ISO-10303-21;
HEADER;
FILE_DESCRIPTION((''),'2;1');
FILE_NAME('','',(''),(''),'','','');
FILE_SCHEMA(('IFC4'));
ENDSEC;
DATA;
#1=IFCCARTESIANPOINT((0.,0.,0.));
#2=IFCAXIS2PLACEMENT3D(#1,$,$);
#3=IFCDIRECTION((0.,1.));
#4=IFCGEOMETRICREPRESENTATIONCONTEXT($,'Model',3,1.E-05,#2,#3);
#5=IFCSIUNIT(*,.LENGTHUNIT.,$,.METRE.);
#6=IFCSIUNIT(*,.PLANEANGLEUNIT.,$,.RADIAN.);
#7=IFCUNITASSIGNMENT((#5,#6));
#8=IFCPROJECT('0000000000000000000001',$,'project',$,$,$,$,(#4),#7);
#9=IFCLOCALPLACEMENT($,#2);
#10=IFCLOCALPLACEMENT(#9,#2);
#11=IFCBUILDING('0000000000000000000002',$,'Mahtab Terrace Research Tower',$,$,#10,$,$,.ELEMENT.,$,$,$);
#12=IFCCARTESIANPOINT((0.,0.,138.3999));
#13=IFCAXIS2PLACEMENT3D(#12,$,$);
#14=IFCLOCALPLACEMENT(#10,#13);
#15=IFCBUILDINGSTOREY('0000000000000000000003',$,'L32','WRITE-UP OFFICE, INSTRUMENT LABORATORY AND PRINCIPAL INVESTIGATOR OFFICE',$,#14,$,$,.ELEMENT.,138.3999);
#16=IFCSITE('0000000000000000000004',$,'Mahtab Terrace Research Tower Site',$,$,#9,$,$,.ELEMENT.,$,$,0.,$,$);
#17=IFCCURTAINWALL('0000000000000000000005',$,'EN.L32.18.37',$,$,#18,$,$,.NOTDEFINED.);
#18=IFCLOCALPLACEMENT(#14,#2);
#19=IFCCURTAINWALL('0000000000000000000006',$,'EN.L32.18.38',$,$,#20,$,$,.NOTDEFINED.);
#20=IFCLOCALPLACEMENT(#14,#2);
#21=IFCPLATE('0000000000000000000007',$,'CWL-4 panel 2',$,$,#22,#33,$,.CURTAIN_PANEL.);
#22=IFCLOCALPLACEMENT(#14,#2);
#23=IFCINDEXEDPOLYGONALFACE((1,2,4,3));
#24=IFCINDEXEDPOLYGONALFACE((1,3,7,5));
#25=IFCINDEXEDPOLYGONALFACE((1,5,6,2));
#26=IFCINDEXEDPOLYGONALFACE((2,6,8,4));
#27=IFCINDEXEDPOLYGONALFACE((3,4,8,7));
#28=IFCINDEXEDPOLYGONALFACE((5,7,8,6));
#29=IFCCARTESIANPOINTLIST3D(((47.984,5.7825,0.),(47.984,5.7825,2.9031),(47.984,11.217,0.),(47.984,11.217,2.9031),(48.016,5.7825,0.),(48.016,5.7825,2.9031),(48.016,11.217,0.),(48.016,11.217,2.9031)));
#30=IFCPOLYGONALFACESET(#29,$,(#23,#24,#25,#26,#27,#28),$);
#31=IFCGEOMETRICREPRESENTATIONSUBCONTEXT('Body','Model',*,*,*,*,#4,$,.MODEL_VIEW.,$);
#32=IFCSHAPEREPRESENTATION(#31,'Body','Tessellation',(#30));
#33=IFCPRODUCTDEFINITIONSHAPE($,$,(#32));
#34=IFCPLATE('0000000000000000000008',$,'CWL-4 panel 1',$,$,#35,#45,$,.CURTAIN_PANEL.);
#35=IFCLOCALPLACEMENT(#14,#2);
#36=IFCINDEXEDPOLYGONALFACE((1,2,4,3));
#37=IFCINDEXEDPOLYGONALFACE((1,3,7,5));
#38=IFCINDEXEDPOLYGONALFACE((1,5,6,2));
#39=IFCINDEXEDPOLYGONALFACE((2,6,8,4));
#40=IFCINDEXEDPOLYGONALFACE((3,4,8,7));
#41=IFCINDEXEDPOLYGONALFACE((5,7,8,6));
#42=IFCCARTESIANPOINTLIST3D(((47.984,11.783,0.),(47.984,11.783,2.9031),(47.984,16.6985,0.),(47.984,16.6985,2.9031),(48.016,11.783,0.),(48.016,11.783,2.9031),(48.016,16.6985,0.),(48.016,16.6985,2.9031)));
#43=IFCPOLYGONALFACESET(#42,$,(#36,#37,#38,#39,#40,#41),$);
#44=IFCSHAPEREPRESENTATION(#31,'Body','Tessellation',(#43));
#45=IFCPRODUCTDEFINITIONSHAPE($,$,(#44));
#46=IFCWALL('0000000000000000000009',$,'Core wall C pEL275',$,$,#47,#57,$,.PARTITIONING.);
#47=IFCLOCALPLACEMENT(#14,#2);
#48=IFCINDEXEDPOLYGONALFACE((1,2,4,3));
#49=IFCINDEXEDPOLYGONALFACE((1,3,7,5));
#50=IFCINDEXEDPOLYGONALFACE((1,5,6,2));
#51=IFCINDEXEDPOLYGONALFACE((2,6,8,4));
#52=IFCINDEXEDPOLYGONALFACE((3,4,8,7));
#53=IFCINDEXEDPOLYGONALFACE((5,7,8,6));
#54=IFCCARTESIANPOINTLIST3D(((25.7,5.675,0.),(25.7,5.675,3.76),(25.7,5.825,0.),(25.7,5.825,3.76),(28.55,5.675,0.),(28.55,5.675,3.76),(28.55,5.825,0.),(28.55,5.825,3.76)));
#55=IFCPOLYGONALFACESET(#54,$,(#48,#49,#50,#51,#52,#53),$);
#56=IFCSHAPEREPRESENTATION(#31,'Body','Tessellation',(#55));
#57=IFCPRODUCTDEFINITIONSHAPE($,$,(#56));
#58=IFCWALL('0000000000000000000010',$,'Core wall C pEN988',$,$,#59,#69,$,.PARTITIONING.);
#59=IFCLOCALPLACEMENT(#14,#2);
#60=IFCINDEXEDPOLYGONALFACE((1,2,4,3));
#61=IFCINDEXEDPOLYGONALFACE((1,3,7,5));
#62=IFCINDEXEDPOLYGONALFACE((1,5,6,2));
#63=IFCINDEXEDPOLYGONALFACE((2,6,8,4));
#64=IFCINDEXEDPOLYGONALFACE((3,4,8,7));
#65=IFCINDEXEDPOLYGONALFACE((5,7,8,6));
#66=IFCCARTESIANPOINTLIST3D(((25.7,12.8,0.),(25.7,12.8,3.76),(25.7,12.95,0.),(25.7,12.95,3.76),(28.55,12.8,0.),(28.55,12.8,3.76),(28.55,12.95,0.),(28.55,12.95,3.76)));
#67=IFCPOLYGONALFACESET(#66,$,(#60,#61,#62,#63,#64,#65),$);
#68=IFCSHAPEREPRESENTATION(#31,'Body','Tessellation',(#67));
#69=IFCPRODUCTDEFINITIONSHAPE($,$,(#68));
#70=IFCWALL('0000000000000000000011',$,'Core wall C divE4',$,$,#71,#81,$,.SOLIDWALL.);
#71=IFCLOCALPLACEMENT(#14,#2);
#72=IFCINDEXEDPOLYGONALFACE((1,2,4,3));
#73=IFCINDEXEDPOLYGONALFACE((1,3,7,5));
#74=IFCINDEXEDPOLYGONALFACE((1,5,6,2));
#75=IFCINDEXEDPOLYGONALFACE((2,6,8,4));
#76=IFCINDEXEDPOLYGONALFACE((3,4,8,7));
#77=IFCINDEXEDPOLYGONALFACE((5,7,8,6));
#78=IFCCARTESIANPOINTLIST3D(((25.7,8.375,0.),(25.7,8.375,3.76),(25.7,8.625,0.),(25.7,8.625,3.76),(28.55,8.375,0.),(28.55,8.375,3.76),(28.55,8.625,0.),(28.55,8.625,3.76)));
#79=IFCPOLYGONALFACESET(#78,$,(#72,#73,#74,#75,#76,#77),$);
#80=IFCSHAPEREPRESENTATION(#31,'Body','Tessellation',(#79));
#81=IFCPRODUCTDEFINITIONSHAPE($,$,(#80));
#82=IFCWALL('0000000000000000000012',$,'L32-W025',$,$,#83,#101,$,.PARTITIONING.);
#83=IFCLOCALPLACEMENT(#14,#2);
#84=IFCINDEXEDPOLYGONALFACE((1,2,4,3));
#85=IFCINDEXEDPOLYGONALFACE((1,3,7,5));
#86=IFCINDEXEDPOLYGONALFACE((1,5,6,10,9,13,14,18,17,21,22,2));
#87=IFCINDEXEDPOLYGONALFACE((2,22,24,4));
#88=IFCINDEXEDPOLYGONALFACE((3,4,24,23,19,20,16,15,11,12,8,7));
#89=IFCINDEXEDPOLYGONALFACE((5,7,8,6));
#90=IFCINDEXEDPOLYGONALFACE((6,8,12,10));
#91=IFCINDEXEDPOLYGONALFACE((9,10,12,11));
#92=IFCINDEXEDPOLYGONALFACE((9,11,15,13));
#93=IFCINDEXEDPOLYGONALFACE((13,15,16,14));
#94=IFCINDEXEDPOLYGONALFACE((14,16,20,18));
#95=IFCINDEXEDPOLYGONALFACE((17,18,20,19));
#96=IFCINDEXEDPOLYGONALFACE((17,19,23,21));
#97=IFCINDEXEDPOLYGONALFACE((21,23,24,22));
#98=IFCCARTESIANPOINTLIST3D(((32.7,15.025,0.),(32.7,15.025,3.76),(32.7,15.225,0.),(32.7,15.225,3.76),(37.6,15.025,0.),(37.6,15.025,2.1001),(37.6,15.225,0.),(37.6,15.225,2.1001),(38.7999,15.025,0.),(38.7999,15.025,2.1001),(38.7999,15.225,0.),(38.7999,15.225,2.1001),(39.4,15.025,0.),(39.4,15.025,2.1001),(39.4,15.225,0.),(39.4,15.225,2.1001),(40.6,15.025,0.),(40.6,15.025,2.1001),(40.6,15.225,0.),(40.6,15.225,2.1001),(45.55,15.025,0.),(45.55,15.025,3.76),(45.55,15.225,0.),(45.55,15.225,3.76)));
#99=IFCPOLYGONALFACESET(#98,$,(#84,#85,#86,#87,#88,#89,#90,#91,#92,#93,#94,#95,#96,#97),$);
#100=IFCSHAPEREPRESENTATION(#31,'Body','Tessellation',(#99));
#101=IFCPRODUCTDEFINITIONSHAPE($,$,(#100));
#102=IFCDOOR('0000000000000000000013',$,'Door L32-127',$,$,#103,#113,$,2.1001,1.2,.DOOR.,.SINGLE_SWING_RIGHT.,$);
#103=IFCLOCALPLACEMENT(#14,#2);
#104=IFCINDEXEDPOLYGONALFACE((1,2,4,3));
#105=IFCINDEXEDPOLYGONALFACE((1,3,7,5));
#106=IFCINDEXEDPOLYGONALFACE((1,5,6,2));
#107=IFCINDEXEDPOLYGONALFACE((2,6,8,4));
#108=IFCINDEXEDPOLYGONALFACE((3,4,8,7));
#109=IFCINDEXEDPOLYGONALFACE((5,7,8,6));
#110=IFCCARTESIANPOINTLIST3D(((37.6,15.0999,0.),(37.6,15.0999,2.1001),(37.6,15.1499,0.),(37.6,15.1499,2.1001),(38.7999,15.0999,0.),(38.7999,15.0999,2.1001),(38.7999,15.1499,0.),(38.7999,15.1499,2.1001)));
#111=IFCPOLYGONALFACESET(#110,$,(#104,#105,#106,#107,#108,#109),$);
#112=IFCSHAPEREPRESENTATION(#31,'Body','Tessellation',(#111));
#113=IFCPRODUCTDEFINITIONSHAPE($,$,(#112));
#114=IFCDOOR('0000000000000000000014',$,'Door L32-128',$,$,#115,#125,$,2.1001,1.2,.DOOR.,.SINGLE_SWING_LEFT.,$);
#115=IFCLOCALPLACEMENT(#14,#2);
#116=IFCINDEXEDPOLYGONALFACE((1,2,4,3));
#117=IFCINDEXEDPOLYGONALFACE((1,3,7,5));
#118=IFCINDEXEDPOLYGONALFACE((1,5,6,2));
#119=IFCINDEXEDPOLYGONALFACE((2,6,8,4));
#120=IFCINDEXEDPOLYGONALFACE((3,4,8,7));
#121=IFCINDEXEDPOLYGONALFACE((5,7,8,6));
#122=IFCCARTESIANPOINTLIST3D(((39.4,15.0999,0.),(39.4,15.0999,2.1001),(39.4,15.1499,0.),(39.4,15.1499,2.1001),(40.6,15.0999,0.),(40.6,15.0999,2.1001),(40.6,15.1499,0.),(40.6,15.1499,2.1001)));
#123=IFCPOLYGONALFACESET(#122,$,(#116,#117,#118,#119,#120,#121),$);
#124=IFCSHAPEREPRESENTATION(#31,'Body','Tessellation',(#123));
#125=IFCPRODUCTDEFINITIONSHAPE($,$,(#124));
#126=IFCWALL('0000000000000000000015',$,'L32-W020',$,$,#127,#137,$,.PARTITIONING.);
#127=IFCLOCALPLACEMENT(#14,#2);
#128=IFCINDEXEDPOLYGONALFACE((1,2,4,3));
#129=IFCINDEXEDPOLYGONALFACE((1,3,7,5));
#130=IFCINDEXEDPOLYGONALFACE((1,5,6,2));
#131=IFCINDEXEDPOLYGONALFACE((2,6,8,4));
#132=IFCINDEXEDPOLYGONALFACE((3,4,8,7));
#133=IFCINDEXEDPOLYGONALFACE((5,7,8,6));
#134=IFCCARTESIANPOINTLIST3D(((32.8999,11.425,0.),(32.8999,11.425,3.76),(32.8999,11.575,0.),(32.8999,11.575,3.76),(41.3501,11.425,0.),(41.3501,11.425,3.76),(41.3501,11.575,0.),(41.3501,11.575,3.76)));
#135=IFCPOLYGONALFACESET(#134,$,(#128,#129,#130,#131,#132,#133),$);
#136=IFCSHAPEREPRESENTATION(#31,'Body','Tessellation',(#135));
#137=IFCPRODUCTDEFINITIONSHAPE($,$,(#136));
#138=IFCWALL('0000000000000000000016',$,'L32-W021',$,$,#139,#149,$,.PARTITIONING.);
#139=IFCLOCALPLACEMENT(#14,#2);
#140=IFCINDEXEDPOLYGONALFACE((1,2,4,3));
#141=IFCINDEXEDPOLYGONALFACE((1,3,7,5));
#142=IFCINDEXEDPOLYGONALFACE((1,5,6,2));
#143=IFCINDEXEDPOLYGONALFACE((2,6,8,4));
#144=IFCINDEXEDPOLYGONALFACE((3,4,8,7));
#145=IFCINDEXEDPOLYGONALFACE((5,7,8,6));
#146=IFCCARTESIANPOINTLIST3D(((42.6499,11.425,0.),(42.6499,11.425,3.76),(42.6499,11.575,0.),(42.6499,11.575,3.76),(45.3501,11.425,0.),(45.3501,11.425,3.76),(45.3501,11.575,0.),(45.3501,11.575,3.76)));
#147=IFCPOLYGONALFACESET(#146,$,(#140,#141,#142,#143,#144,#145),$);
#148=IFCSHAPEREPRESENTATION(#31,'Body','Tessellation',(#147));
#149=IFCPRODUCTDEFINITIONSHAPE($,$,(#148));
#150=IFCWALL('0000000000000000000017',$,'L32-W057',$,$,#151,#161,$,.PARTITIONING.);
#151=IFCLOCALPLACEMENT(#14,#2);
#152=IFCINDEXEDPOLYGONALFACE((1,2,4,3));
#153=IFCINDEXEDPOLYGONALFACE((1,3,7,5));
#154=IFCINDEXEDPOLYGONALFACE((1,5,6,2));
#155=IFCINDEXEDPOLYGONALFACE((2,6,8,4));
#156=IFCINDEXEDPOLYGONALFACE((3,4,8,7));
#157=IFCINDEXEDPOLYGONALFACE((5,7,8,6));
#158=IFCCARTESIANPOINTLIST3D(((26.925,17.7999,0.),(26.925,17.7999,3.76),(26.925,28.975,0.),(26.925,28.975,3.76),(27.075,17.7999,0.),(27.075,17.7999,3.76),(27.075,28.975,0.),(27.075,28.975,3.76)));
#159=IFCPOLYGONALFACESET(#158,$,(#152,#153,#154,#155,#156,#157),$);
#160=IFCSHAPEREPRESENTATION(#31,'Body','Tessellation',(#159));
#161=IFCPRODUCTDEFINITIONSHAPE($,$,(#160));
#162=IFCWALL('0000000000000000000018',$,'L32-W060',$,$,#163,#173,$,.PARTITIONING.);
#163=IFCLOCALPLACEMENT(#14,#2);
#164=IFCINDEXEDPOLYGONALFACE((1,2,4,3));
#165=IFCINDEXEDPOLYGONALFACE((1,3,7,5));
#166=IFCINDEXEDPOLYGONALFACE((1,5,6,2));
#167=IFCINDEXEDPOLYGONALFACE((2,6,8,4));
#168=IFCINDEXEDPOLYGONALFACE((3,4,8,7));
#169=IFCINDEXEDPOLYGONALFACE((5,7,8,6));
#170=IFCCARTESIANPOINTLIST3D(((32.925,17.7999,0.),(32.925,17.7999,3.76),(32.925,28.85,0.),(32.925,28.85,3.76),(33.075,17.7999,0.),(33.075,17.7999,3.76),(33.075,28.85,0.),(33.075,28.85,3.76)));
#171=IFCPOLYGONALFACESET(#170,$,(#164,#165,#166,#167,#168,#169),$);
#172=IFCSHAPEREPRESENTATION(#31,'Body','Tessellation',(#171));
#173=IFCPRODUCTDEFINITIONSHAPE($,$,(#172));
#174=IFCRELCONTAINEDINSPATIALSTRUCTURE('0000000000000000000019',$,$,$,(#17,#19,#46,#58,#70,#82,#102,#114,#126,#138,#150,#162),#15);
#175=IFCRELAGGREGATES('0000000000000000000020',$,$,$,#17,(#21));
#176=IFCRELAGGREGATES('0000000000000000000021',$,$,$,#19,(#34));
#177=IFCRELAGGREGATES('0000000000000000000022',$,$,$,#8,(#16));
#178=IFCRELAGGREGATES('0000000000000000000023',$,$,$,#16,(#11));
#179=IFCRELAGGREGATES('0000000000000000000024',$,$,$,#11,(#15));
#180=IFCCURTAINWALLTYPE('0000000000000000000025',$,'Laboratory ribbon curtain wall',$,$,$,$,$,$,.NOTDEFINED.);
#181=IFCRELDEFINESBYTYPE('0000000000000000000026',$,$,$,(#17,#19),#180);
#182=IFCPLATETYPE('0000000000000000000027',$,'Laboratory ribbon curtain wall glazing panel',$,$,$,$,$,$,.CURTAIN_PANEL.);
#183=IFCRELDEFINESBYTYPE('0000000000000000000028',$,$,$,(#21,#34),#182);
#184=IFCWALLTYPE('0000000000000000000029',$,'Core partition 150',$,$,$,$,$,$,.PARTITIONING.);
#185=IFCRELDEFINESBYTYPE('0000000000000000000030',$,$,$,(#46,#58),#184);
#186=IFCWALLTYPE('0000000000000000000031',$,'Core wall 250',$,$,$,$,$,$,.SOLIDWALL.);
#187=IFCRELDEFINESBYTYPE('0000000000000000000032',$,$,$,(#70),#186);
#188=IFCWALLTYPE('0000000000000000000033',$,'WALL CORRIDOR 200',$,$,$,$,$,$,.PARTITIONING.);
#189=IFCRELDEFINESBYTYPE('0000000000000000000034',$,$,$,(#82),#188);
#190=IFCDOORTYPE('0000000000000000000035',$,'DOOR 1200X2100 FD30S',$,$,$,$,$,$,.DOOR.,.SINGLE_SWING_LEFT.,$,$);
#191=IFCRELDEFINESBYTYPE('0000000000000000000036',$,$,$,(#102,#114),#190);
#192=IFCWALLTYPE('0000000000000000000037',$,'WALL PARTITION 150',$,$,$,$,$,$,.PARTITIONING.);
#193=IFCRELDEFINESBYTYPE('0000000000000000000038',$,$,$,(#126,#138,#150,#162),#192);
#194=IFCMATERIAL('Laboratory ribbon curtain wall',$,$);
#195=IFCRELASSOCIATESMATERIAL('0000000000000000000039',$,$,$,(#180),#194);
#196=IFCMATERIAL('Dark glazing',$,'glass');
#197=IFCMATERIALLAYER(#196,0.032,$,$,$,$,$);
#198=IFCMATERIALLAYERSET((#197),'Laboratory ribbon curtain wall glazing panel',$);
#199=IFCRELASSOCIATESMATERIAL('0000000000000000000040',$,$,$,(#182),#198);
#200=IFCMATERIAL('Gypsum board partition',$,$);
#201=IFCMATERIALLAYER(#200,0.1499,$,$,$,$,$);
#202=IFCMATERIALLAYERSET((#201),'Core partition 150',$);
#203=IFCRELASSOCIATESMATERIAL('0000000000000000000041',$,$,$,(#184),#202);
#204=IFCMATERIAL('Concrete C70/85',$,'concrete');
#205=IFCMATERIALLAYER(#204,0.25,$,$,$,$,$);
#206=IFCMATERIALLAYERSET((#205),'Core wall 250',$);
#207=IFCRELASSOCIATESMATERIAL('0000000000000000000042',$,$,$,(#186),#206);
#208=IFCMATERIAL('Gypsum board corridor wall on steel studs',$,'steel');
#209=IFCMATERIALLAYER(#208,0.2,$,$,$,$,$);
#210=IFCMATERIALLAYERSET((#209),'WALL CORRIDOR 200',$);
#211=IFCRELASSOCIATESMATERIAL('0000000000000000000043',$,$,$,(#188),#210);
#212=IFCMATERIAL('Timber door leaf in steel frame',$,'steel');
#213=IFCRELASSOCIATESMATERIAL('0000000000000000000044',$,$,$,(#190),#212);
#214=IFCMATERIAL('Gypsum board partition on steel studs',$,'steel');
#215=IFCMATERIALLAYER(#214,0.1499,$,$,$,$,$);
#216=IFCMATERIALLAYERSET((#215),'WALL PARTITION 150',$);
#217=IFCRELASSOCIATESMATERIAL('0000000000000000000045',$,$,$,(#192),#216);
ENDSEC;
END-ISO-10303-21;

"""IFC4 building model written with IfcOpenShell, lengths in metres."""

from ifc_helpers import new_model, si_unit, direction, frame, frame_2d, origin, origin_2d, place, context, subcontext, project, spatial, rectangle, extrude, material, layer, layer_set, type_object, element, fill, aggregate, save


model = new_model("IFC4")

# Units and contexts
model_context = context("Model", 3, precision=1e-05, world=origin(), true_north=direction((0.0, 1.0)))
body_context = subcontext(model_context, "Body", "Model", "MODEL_VIEW")
ifc_project = project(units=[si_unit("LENGTHUNIT", "METRE"), si_unit("PLANEANGLEUNIT", "RADIAN")], contexts=[model_context])

# Site, building, storey
site_placement = place(None, origin())
site = spatial("IfcSite", under=ifc_project, at=site_placement, Name="Mahtab Terrace Research Tower Site", CompositionType="ELEMENT", RefElevation=0.0)
building_placement = place(site_placement, origin())
building = spatial("IfcBuilding", under=site, at=building_placement, Name="Mahtab Terrace Research Tower", CompositionType="ELEMENT")
storey_placement = place(building_placement, frame((0.0, 0.0, 138.3999)))
storey = spatial("IfcBuildingStorey", under=building, at=storey_placement, Name="L32", Description="WRITE-UP OFFICE, INSTRUMENT LABORATORY AND PRINCIPAL INVESTIGATOR OFFICE", CompositionType="ELEMENT", Elevation=138.3999)

# Shared definitions
ifc_material_1 = material(Name="Concrete C70/85", Category="concrete")

# Curtain walls
ifc_material_2 = material(Name="Laboratory ribbon curtain wall")
curtain_wall_type = type_object("IfcCurtainWallType", Name="Laboratory ribbon curtain wall", PredefinedType="NOTDEFINED", material=ifc_material_2)
curtain_wall_1_placement = place(storey_placement, origin())
curtain_wall_1 = element("IfcCurtainWall", 1, at=curtain_wall_1_placement, inside=storey, type_object=curtain_wall_type, Name="EN.L32.18.37", PredefinedType="NOTDEFINED")
curtain_wall_2_placement = place(storey_placement, origin())
curtain_wall_2 = element("IfcCurtainWall", 2, at=curtain_wall_2_placement, inside=storey, type_object=curtain_wall_type, Name="EN.L32.18.38", PredefinedType="NOTDEFINED")

# Plates
ifc_material_3 = material(Name="Dark glazing", Category="glass")
ifc_layer_1 = layer(ifc_material_3, 0.032)
ifc_layer_set_1 = layer_set([ifc_layer_1], Name="Laboratory ribbon curtain wall glazing panel")
plate_type = type_object("IfcPlateType", Name="Laboratory ribbon curtain wall glazing panel", PredefinedType="CURTAIN_PANEL", material=ifc_layer_set_1)
plate_1_placement = place(storey_placement, frame((48.0, 8.4998, 0.0), z_axis=(0.0, 0.0, 1.0), x_axis=(0.0, 1.0, 0.0)))
plate_1 = element("IfcPlate", 3, at=plate_1_placement, type_object=plate_type, Name="CWL-4 panel 2", PredefinedType="CURTAIN_PANEL", context=body_context, shape_type="SweptSolid", body=[
    extrude(rectangle(XDim=5.4346, YDim=0.032, at=origin_2d()), origin(), (0.0, 0.0, 1.0), 2.9031),
])
aggregate(curtain_wall_1, [plate_1])
plate_2_placement = place(storey_placement, frame((48.0, 14.2407, 0.0), z_axis=(0.0, 0.0, 1.0), x_axis=(0.0, 1.0, 0.0)))
plate_2 = element("IfcPlate", 4, at=plate_2_placement, type_object=plate_type, Name="CWL-4 panel 1", PredefinedType="CURTAIN_PANEL", context=body_context, shape_type="SweptSolid", body=[
    extrude(rectangle(XDim=4.9155, YDim=0.032, at=origin_2d()), origin(), (0.0, 0.0, 1.0), 2.9031),
])
aggregate(curtain_wall_2, [plate_2])

# Walls
ifc_material_4 = material(Name="Gypsum board partition")
ifc_layer_2 = layer(ifc_material_4, 0.1499)
ifc_layer_set_2 = layer_set([ifc_layer_2], Name="Core partition 150")
wall_type_1 = type_object("IfcWallType", Name="Core partition 150", PredefinedType="PARTITIONING", material=ifc_layer_set_2)
for number, where, z_axis, x_axis, name in (
    (5, (25.7, 5.75, 0.0), (0.0, 0.0, 1.0), (1.0, 0.0, 0.0), "Core wall C pEL275"),
    (6, (25.7, 12.875, 0.0), (0.0, 0.0, 1.0), (1.0, 0.0, 0.0), "Core wall C pEN988"),
):
    element("IfcWall", number, at=place(storey_placement, frame(where, z_axis=z_axis, x_axis=x_axis)), inside=storey, type_object=wall_type_1, Name=name, PredefinedType="PARTITIONING", context=body_context, shape_type="SweptSolid", body=[
        extrude(rectangle(XDim=2.8501, YDim=0.1499, at=frame_2d((1.425, 0.0))), origin(), (0.0, 0.0, 1.0), 3.76),
    ])
ifc_layer_3 = layer(ifc_material_1, 0.25)
ifc_layer_set_3 = layer_set([ifc_layer_3], Name="Core wall 250")
wall_type_2 = type_object("IfcWallType", Name="Core wall 250", PredefinedType="SOLIDWALL", material=ifc_layer_set_3)
wall_1_placement = place(storey_placement, frame((25.7, 8.5, 0.0), z_axis=(0.0, 0.0, 1.0), x_axis=(1.0, 0.0, 0.0)))
element("IfcWall", 7, at=wall_1_placement, inside=storey, type_object=wall_type_2, Name="Core wall C divE4", PredefinedType="SOLIDWALL", context=body_context, shape_type="SweptSolid", body=[
    extrude(rectangle(XDim=2.8501, YDim=0.25, at=frame_2d((1.425, 0.0))), origin(), (0.0, 0.0, 1.0), 3.76),
])

# Wall, openings, doors
ifc_material_5 = material(Name="Gypsum board corridor wall on steel studs", Category="steel")
ifc_layer_4 = layer(ifc_material_5, 0.2)
ifc_layer_set_4 = layer_set([ifc_layer_4], Name="WALL CORRIDOR 200")
wall_type_3 = type_object("IfcWallType", Name="WALL CORRIDOR 200", PredefinedType="PARTITIONING", material=ifc_layer_set_4)
wall_2_placement = place(storey_placement, frame((32.7, 15.125, 0.0), z_axis=(0.0, 0.0, 1.0), x_axis=(1.0, 0.0, 0.0)))
wall_2 = element("IfcWall", 8, at=wall_2_placement, inside=storey, type_object=wall_type_3, Name="L32-W025", PredefinedType="PARTITIONING", context=body_context, shape_type="SweptSolid", body=[
    extrude(rectangle(XDim=12.8501, YDim=0.2, at=frame_2d((6.425, 0.0))), origin(), (0.0, 0.0, 1.0), 3.76),
])
opening_1_placement = place(wall_2_placement, frame((4.8999, 0.0, 0.0)))
opening_1 = element("IfcOpeningElement", 9, at=opening_1_placement, cuts=wall_2, PredefinedType="OPENING", context=body_context, shape_type="SweptSolid", body=[
    extrude(rectangle(XDim=1.2, YDim=2.1001, at=frame_2d((0.6001, 1.05))), frame((0.0, 0.1099, 0.0), z_axis=(0.0, -1.0, 0.0), x_axis=(1.0, 0.0, 0.0)), (0.0, 0.0, 1.0), 0.22),
])
opening_2_placement = place(wall_2_placement, frame((6.7, 0.0, 0.0)))
opening_2 = element("IfcOpeningElement", 10, at=opening_2_placement, cuts=wall_2, PredefinedType="OPENING", context=body_context, shape_type="SweptSolid", body=[
    extrude(rectangle(XDim=1.2, YDim=2.1001, at=frame_2d((0.6001, 1.05))), frame((0.0, 0.1099, 0.0), z_axis=(0.0, -1.0, 0.0), x_axis=(1.0, 0.0, 0.0)), (0.0, 0.0, 1.0), 0.22),
])
ifc_material_6 = material(Name="Timber door leaf in steel frame", Category="steel")
door_type = type_object("IfcDoorType", Name="DOOR 1200X2100 FD30S", OperationType="SINGLE_SWING_LEFT", PredefinedType="DOOR", material=ifc_material_6)
door_1_placement = place(opening_1_placement, origin())
door_1 = element("IfcDoor", 11, at=door_1_placement, inside=storey, type_object=door_type, Name="Door L32-127", OperationType="SINGLE_SWING_RIGHT", OverallHeight=2.1001, OverallWidth=1.2, PredefinedType="DOOR", context=body_context, shape_type="SweptSolid", body=[
    extrude(rectangle(XDim=1.2, YDim=2.1001, at=frame_2d((0.6001, 1.05))), frame((0.0, 0.0249, 0.0), z_axis=(0.0, -1.0, 0.0), x_axis=(1.0, 0.0, 0.0)), (0.0, 0.0, 1.0), 0.05),
])
fill(opening_1, door_1)
door_2_placement = place(opening_2_placement, origin())
door_2 = element("IfcDoor", 12, at=door_2_placement, inside=storey, type_object=door_type, Name="Door L32-128", OperationType="SINGLE_SWING_LEFT", OverallHeight=2.1001, OverallWidth=1.2, PredefinedType="DOOR", context=body_context, shape_type="SweptSolid", body=[
    extrude(rectangle(XDim=1.2, YDim=2.1001, at=frame_2d((0.6001, 1.05))), frame((0.0, 0.0249, 0.0), z_axis=(0.0, -1.0, 0.0), x_axis=(1.0, 0.0, 0.0)), (0.0, 0.0, 1.0), 0.05),
])
fill(opening_2, door_2)

# Walls
ifc_material_7 = material(Name="Gypsum board partition on steel studs", Category="steel")
ifc_layer_5 = layer(ifc_material_7, 0.1499)
ifc_layer_set_5 = layer_set([ifc_layer_5], Name="WALL PARTITION 150")
wall_type_4 = type_object("IfcWallType", Name="WALL PARTITION 150", PredefinedType="PARTITIONING", material=ifc_layer_set_5)
wall_3_placement = place(storey_placement, frame((32.8999, 11.5, 0.0), z_axis=(0.0, 0.0, 1.0), x_axis=(1.0, 0.0, 0.0)))
element("IfcWall", 13, at=wall_3_placement, inside=storey, type_object=wall_type_4, Name="L32-W020", PredefinedType="PARTITIONING", context=body_context, shape_type="SweptSolid", body=[
    extrude(rectangle(XDim=8.4502, YDim=0.1499, at=frame_2d((4.2251, 0.0))), origin(), (0.0, 0.0, 1.0), 3.76),
])
wall_4_placement = place(storey_placement, frame((42.6499, 11.5, 0.0), z_axis=(0.0, 0.0, 1.0), x_axis=(1.0, 0.0, 0.0)))
element("IfcWall", 14, at=wall_4_placement, inside=storey, type_object=wall_type_4, Name="L32-W021", PredefinedType="PARTITIONING", context=body_context, shape_type="SweptSolid", body=[
    extrude(rectangle(XDim=2.7002, YDim=0.1499, at=frame_2d((1.3501, 0.0))), origin(), (0.0, 0.0, 1.0), 3.76),
])
wall_5_placement = place(storey_placement, frame((27.0, 17.8, 0.0), z_axis=(0.0, 0.0, 1.0), x_axis=(0.0, 1.0, 0.0)))
element("IfcWall", 15, at=wall_5_placement, inside=storey, type_object=wall_type_4, Name="L32-W057", PredefinedType="PARTITIONING", context=body_context, shape_type="SweptSolid", body=[
    extrude(rectangle(XDim=11.175, YDim=0.1499, at=frame_2d((5.5874, 0.0))), origin(), (0.0, 0.0, 1.0), 3.76),
])
wall_6_placement = place(storey_placement, frame((33.0, 17.8, 0.0), z_axis=(0.0, 0.0, 1.0), x_axis=(0.0, 1.0, 0.0)))
element("IfcWall", 16, at=wall_6_placement, inside=storey, type_object=wall_type_4, Name="L32-W060", PredefinedType="PARTITIONING", context=body_context, shape_type="SweptSolid", body=[
    extrude(rectangle(XDim=11.05, YDim=0.1499, at=frame_2d((5.5249, 0.0))), origin(), (0.0, 0.0, 1.0), 3.76),
])

save(model, "model.ifc")
